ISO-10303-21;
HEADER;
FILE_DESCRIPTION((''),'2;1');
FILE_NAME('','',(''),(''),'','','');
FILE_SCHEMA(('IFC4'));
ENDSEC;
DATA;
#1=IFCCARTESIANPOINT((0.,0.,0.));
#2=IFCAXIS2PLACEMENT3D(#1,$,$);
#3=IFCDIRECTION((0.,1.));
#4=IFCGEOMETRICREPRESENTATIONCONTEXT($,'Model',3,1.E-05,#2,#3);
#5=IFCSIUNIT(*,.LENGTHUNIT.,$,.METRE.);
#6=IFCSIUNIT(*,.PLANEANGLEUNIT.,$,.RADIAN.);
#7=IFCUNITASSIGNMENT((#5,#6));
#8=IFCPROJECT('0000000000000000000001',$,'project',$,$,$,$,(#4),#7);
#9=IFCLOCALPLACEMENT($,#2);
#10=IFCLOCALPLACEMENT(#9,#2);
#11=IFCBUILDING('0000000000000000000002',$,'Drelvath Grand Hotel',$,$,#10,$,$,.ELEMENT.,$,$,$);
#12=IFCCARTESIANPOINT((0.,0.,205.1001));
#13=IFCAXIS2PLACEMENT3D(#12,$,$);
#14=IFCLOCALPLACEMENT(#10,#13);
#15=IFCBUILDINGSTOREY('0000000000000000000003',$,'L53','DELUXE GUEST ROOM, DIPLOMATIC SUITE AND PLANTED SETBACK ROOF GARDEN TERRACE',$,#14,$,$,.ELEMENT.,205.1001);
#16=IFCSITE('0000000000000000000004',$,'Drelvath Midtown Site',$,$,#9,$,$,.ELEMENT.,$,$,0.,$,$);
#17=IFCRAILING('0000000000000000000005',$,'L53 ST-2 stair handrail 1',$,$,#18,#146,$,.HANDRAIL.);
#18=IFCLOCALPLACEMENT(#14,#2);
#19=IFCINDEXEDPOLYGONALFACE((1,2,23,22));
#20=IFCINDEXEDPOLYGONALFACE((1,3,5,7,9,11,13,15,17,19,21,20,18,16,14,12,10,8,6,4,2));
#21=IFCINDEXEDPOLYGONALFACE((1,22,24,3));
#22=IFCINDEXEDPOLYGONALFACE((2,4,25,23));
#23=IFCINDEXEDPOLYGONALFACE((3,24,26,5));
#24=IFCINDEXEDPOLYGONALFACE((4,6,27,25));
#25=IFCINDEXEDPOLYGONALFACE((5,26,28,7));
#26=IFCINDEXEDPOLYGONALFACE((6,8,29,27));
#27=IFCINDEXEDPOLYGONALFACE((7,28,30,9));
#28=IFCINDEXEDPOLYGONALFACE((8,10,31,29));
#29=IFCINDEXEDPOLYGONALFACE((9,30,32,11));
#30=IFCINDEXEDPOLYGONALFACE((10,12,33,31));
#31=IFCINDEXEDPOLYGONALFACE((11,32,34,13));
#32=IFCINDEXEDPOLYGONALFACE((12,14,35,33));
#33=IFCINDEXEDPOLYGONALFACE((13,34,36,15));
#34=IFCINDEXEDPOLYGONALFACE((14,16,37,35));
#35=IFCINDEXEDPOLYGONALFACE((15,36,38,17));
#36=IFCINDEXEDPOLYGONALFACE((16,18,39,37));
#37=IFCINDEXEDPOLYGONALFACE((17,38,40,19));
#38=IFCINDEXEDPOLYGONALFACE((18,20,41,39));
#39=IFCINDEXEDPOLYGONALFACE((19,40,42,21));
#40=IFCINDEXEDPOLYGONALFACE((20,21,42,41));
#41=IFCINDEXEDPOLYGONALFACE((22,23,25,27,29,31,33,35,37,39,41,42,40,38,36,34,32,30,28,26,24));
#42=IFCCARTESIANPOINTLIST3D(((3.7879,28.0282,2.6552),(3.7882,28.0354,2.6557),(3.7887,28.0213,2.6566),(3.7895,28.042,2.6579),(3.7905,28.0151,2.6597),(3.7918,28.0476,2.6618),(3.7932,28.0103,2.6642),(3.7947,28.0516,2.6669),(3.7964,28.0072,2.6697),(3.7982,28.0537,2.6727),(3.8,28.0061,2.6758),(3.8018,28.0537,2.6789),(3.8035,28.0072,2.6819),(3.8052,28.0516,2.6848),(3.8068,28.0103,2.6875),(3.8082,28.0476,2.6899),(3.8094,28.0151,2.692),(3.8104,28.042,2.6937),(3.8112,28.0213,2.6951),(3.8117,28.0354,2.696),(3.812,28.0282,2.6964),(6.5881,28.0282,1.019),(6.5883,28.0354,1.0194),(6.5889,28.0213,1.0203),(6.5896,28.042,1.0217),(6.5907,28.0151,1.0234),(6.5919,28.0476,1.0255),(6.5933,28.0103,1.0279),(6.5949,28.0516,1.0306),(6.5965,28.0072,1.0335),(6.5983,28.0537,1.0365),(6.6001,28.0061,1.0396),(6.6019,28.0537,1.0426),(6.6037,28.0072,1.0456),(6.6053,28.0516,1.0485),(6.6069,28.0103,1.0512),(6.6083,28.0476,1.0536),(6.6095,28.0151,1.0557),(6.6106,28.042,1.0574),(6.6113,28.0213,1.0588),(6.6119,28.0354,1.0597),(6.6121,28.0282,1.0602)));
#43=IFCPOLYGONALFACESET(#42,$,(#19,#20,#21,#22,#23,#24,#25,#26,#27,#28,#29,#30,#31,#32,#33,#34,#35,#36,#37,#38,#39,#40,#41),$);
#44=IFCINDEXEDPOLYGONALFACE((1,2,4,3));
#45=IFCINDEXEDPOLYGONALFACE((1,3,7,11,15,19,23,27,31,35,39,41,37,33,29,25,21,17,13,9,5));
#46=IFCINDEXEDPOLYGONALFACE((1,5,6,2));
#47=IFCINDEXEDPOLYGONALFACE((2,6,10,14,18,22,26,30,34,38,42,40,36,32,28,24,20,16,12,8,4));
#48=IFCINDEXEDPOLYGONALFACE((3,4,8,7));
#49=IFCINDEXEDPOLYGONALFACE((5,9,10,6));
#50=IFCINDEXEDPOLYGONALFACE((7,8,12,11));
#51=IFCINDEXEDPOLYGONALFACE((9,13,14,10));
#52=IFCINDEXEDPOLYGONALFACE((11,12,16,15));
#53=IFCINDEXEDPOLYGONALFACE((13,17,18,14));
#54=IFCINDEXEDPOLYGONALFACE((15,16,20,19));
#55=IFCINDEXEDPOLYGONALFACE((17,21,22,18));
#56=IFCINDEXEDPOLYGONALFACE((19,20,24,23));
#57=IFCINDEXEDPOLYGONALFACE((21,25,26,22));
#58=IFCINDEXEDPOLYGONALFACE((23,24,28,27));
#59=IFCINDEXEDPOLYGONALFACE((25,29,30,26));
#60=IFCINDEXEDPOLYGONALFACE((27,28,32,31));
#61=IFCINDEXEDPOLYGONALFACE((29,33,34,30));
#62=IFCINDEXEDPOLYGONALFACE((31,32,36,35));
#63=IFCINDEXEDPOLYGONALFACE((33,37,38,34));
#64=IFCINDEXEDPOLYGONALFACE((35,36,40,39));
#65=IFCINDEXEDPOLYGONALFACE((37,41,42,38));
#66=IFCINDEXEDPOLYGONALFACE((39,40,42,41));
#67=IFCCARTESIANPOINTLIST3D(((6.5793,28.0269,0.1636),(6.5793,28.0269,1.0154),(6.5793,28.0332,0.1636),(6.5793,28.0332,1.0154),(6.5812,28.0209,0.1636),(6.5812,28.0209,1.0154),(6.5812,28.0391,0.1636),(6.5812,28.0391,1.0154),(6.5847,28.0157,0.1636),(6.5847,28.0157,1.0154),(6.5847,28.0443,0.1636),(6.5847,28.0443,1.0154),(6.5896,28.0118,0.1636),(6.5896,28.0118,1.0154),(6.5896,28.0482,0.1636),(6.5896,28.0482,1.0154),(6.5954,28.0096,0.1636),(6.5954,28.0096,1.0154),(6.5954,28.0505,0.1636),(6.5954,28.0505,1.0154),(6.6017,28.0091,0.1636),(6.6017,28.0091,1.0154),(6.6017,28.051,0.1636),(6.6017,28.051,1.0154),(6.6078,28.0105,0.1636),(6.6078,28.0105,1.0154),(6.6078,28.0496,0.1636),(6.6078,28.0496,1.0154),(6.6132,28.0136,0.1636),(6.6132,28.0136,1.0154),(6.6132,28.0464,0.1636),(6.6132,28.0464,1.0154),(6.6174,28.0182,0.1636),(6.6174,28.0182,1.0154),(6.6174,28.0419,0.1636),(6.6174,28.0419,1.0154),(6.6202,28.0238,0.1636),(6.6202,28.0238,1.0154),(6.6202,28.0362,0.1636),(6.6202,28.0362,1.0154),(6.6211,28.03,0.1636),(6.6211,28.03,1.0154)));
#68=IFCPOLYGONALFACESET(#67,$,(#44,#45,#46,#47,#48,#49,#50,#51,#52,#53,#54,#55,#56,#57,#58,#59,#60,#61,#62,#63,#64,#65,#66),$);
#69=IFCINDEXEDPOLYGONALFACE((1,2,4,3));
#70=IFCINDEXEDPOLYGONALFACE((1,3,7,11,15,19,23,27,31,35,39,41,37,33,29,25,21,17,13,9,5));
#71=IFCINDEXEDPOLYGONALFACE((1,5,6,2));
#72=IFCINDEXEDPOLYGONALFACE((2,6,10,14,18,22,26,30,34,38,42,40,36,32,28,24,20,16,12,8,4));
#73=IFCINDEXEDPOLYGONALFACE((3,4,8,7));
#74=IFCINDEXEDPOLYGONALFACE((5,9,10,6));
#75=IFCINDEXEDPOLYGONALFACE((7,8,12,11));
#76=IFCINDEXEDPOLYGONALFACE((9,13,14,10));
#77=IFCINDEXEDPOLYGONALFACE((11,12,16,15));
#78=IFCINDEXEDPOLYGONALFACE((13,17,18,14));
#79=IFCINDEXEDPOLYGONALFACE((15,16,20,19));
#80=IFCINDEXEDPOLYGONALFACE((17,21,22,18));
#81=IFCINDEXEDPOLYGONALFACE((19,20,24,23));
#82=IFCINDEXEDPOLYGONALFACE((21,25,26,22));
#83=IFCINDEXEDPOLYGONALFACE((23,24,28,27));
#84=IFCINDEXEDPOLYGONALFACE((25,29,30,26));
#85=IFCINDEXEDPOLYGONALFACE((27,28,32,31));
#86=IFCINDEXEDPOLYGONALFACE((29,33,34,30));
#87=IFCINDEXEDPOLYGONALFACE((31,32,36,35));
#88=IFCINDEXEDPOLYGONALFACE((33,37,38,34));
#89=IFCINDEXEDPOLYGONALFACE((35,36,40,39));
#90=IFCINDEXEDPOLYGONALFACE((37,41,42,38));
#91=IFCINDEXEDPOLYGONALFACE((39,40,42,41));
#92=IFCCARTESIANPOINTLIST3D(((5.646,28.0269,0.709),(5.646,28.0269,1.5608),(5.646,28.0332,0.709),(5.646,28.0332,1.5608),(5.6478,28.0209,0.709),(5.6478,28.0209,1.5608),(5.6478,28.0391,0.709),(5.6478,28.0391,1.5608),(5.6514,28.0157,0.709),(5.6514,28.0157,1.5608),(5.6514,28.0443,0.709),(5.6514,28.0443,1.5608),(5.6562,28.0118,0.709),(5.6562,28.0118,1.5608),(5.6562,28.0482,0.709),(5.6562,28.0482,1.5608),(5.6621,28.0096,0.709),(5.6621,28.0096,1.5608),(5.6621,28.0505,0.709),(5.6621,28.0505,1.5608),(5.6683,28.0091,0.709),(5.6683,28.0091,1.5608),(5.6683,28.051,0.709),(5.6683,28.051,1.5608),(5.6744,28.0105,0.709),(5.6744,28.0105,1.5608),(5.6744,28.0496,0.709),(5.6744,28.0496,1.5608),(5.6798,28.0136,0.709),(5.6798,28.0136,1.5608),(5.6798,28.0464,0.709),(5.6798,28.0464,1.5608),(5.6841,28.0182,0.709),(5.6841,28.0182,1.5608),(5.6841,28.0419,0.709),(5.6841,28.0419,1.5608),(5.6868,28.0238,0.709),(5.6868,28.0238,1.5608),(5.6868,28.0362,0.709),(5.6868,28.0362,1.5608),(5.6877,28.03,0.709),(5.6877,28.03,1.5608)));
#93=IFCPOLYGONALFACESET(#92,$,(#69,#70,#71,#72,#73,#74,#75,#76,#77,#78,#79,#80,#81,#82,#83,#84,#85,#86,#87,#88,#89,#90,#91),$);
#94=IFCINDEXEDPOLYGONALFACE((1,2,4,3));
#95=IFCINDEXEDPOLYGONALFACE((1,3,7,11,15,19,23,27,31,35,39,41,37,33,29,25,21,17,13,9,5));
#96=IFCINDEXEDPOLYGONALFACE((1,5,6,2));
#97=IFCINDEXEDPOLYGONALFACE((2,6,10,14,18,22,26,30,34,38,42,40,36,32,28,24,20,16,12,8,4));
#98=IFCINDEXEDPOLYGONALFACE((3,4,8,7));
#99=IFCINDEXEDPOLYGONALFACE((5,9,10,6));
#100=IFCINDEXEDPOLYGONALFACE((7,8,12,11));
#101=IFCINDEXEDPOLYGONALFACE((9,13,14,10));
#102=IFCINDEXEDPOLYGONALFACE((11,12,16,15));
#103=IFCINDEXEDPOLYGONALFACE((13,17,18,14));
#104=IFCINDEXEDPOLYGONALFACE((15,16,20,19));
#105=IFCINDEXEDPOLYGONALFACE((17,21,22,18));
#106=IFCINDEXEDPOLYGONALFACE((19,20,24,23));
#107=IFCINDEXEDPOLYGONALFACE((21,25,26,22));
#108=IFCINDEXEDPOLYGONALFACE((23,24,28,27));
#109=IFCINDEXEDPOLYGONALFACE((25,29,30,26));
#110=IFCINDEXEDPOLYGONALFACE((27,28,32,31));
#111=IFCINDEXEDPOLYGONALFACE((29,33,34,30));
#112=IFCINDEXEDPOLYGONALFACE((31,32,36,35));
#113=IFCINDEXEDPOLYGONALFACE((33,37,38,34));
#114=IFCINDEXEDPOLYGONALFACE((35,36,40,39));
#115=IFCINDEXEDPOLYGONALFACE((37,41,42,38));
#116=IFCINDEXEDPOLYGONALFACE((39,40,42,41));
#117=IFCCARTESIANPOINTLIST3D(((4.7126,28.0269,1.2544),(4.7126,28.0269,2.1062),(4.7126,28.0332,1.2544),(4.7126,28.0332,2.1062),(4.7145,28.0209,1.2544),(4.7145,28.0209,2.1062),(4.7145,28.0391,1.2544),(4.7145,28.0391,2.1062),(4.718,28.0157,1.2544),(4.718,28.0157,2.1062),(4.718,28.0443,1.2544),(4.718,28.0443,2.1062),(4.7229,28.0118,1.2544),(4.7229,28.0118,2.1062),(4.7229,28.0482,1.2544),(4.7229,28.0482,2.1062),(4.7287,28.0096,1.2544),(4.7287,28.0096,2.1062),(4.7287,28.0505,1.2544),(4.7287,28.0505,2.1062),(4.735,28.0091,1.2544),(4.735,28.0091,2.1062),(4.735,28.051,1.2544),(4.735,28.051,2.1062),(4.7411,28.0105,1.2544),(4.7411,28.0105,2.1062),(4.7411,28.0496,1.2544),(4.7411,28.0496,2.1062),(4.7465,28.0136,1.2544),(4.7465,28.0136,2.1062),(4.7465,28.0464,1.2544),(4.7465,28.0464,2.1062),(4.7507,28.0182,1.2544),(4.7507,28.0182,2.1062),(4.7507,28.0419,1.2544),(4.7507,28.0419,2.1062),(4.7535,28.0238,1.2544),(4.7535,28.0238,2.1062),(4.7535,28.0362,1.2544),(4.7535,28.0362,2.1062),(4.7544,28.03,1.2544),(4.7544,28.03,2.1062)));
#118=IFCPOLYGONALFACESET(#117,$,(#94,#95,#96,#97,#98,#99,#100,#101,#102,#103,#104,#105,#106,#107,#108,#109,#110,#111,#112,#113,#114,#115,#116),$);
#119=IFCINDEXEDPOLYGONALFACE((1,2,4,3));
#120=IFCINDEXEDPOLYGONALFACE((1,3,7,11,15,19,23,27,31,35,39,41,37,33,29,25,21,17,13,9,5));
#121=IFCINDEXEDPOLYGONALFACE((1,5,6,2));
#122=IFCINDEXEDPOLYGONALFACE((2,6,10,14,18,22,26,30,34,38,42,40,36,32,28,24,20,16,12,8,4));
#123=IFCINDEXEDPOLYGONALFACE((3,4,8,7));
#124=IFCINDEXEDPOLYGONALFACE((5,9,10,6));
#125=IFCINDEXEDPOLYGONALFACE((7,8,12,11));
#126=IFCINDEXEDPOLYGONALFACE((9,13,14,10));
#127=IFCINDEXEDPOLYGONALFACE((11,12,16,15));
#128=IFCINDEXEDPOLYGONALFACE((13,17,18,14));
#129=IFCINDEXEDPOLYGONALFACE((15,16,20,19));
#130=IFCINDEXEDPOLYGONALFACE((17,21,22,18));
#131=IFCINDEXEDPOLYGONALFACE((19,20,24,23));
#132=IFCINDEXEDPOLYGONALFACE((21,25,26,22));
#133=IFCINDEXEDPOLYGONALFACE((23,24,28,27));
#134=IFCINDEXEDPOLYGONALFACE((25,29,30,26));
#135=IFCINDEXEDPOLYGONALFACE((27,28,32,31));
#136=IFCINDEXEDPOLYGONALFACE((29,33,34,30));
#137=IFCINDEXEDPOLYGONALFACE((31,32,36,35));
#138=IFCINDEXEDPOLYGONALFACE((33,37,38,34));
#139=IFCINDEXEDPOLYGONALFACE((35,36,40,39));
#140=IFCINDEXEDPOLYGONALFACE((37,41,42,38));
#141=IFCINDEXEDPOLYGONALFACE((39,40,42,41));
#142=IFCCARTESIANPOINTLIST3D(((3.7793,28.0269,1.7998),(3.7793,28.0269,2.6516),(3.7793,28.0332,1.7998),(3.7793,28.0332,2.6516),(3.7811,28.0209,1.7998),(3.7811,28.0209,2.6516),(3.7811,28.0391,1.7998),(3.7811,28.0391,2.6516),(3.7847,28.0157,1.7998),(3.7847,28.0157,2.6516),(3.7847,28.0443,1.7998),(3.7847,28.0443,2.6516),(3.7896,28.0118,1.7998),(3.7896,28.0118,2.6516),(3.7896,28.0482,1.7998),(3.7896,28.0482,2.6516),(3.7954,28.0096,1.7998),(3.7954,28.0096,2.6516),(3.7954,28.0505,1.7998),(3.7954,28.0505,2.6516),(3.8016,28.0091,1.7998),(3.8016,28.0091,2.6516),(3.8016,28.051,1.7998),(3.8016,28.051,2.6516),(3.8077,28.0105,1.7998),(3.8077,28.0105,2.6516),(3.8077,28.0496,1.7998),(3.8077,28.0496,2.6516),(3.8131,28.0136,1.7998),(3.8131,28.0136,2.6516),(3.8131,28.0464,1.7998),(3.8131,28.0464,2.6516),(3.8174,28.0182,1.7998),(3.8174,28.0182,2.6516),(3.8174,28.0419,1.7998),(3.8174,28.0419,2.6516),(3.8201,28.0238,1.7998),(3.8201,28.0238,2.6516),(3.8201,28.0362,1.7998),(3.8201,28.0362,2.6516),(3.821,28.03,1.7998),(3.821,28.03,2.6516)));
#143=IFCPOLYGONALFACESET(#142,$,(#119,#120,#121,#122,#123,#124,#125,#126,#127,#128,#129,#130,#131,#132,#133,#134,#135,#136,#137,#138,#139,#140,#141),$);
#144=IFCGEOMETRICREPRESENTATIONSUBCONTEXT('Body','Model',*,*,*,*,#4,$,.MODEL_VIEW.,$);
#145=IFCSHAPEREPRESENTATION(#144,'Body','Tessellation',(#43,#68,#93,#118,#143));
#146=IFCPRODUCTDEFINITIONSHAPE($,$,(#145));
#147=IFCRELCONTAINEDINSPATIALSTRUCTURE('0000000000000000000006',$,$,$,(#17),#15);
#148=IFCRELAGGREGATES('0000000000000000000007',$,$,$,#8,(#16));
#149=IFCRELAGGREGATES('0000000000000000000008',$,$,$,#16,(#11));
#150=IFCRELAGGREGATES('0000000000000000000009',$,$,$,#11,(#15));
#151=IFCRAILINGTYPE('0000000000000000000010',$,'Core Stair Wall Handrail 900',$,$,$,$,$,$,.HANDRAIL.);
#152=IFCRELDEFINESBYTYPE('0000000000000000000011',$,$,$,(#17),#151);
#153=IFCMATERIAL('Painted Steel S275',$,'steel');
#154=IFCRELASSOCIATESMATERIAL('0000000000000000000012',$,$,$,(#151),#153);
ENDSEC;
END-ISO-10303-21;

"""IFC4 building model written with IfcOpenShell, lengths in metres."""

from ifc_helpers import new_model, si_unit, direction, frame, origin, origin_2d, place, context, subcontext, project, spatial, circle, extrude, material, type_object, element, save


model = new_model("IFC4")

# Units and contexts
model_context = context("Model", 3, precision=1e-05, world=origin(), true_north=direction((0.0, 1.0)))
body_context = subcontext(model_context, "Body", "Model", "MODEL_VIEW")
ifc_project = project(units=[si_unit("LENGTHUNIT", "METRE"), si_unit("PLANEANGLEUNIT", "RADIAN")], contexts=[model_context])

# Site, building, storey
site_placement = place(None, origin())
site = spatial("IfcSite", under=ifc_project, at=site_placement, Name="Drelvath Midtown Site", CompositionType="ELEMENT", RefElevation=0.0)
building_placement = place(site_placement, origin())
building = spatial("IfcBuilding", under=site, at=building_placement, Name="Drelvath Grand Hotel", CompositionType="ELEMENT")
storey_placement = place(building_placement, frame((0.0, 0.0, 205.1001)))
storey = spatial("IfcBuildingStorey", under=building, at=storey_placement, Name="L53", Description="DELUXE GUEST ROOM, DIPLOMATIC SUITE AND PLANTED SETBACK ROOF GARDEN TERRACE", CompositionType="ELEMENT", Elevation=205.1001)

# Shared definitions
ifc_material_1 = material(Name="Painted Steel S275", Category="steel")

# Railing
railing_type = type_object("IfcRailingType", Name="Core Stair Wall Handrail 900", PredefinedType="HANDRAIL", material=ifc_material_1)
railing_placement = place(storey_placement, frame((6.6001, 28.03, 0.1636)))
element("IfcRailing", 1, at=railing_placement, inside=storey, type_object=railing_type, Name="L53 ST-2 stair handrail 1", PredefinedType="HANDRAIL", context=body_context, shape_type="SweptSolid", body=[
    extrude(circle(Radius=0.0239, at=origin_2d()), frame((0.0, 0.0, 0.876), z_axis=(-0.863394, 0.0, 0.504531), x_axis=(0.0, -1.0, 0.0)), (0.0, 0.0, 1.0), 3.2432),
    extrude(circle(Radius=0.021, at=origin_2d()), origin(), (0.0, 0.0, 1.0), 0.8518),
    extrude(circle(Radius=0.021, at=origin_2d()), frame((-0.9333, 0.0, 0.5454)), (0.0, 0.0, 1.0), 0.8518),
    extrude(circle(Radius=0.021, at=origin_2d()), frame((-1.8667, 0.0, 1.0908)), (0.0, 0.0, 1.0), 0.8518),
    extrude(circle(Radius=0.021, at=origin_2d()), frame((-2.8, 0.0, 1.6362)), (0.0, 0.0, 1.0), 0.8518),
])

save(model, "model.ifc")
